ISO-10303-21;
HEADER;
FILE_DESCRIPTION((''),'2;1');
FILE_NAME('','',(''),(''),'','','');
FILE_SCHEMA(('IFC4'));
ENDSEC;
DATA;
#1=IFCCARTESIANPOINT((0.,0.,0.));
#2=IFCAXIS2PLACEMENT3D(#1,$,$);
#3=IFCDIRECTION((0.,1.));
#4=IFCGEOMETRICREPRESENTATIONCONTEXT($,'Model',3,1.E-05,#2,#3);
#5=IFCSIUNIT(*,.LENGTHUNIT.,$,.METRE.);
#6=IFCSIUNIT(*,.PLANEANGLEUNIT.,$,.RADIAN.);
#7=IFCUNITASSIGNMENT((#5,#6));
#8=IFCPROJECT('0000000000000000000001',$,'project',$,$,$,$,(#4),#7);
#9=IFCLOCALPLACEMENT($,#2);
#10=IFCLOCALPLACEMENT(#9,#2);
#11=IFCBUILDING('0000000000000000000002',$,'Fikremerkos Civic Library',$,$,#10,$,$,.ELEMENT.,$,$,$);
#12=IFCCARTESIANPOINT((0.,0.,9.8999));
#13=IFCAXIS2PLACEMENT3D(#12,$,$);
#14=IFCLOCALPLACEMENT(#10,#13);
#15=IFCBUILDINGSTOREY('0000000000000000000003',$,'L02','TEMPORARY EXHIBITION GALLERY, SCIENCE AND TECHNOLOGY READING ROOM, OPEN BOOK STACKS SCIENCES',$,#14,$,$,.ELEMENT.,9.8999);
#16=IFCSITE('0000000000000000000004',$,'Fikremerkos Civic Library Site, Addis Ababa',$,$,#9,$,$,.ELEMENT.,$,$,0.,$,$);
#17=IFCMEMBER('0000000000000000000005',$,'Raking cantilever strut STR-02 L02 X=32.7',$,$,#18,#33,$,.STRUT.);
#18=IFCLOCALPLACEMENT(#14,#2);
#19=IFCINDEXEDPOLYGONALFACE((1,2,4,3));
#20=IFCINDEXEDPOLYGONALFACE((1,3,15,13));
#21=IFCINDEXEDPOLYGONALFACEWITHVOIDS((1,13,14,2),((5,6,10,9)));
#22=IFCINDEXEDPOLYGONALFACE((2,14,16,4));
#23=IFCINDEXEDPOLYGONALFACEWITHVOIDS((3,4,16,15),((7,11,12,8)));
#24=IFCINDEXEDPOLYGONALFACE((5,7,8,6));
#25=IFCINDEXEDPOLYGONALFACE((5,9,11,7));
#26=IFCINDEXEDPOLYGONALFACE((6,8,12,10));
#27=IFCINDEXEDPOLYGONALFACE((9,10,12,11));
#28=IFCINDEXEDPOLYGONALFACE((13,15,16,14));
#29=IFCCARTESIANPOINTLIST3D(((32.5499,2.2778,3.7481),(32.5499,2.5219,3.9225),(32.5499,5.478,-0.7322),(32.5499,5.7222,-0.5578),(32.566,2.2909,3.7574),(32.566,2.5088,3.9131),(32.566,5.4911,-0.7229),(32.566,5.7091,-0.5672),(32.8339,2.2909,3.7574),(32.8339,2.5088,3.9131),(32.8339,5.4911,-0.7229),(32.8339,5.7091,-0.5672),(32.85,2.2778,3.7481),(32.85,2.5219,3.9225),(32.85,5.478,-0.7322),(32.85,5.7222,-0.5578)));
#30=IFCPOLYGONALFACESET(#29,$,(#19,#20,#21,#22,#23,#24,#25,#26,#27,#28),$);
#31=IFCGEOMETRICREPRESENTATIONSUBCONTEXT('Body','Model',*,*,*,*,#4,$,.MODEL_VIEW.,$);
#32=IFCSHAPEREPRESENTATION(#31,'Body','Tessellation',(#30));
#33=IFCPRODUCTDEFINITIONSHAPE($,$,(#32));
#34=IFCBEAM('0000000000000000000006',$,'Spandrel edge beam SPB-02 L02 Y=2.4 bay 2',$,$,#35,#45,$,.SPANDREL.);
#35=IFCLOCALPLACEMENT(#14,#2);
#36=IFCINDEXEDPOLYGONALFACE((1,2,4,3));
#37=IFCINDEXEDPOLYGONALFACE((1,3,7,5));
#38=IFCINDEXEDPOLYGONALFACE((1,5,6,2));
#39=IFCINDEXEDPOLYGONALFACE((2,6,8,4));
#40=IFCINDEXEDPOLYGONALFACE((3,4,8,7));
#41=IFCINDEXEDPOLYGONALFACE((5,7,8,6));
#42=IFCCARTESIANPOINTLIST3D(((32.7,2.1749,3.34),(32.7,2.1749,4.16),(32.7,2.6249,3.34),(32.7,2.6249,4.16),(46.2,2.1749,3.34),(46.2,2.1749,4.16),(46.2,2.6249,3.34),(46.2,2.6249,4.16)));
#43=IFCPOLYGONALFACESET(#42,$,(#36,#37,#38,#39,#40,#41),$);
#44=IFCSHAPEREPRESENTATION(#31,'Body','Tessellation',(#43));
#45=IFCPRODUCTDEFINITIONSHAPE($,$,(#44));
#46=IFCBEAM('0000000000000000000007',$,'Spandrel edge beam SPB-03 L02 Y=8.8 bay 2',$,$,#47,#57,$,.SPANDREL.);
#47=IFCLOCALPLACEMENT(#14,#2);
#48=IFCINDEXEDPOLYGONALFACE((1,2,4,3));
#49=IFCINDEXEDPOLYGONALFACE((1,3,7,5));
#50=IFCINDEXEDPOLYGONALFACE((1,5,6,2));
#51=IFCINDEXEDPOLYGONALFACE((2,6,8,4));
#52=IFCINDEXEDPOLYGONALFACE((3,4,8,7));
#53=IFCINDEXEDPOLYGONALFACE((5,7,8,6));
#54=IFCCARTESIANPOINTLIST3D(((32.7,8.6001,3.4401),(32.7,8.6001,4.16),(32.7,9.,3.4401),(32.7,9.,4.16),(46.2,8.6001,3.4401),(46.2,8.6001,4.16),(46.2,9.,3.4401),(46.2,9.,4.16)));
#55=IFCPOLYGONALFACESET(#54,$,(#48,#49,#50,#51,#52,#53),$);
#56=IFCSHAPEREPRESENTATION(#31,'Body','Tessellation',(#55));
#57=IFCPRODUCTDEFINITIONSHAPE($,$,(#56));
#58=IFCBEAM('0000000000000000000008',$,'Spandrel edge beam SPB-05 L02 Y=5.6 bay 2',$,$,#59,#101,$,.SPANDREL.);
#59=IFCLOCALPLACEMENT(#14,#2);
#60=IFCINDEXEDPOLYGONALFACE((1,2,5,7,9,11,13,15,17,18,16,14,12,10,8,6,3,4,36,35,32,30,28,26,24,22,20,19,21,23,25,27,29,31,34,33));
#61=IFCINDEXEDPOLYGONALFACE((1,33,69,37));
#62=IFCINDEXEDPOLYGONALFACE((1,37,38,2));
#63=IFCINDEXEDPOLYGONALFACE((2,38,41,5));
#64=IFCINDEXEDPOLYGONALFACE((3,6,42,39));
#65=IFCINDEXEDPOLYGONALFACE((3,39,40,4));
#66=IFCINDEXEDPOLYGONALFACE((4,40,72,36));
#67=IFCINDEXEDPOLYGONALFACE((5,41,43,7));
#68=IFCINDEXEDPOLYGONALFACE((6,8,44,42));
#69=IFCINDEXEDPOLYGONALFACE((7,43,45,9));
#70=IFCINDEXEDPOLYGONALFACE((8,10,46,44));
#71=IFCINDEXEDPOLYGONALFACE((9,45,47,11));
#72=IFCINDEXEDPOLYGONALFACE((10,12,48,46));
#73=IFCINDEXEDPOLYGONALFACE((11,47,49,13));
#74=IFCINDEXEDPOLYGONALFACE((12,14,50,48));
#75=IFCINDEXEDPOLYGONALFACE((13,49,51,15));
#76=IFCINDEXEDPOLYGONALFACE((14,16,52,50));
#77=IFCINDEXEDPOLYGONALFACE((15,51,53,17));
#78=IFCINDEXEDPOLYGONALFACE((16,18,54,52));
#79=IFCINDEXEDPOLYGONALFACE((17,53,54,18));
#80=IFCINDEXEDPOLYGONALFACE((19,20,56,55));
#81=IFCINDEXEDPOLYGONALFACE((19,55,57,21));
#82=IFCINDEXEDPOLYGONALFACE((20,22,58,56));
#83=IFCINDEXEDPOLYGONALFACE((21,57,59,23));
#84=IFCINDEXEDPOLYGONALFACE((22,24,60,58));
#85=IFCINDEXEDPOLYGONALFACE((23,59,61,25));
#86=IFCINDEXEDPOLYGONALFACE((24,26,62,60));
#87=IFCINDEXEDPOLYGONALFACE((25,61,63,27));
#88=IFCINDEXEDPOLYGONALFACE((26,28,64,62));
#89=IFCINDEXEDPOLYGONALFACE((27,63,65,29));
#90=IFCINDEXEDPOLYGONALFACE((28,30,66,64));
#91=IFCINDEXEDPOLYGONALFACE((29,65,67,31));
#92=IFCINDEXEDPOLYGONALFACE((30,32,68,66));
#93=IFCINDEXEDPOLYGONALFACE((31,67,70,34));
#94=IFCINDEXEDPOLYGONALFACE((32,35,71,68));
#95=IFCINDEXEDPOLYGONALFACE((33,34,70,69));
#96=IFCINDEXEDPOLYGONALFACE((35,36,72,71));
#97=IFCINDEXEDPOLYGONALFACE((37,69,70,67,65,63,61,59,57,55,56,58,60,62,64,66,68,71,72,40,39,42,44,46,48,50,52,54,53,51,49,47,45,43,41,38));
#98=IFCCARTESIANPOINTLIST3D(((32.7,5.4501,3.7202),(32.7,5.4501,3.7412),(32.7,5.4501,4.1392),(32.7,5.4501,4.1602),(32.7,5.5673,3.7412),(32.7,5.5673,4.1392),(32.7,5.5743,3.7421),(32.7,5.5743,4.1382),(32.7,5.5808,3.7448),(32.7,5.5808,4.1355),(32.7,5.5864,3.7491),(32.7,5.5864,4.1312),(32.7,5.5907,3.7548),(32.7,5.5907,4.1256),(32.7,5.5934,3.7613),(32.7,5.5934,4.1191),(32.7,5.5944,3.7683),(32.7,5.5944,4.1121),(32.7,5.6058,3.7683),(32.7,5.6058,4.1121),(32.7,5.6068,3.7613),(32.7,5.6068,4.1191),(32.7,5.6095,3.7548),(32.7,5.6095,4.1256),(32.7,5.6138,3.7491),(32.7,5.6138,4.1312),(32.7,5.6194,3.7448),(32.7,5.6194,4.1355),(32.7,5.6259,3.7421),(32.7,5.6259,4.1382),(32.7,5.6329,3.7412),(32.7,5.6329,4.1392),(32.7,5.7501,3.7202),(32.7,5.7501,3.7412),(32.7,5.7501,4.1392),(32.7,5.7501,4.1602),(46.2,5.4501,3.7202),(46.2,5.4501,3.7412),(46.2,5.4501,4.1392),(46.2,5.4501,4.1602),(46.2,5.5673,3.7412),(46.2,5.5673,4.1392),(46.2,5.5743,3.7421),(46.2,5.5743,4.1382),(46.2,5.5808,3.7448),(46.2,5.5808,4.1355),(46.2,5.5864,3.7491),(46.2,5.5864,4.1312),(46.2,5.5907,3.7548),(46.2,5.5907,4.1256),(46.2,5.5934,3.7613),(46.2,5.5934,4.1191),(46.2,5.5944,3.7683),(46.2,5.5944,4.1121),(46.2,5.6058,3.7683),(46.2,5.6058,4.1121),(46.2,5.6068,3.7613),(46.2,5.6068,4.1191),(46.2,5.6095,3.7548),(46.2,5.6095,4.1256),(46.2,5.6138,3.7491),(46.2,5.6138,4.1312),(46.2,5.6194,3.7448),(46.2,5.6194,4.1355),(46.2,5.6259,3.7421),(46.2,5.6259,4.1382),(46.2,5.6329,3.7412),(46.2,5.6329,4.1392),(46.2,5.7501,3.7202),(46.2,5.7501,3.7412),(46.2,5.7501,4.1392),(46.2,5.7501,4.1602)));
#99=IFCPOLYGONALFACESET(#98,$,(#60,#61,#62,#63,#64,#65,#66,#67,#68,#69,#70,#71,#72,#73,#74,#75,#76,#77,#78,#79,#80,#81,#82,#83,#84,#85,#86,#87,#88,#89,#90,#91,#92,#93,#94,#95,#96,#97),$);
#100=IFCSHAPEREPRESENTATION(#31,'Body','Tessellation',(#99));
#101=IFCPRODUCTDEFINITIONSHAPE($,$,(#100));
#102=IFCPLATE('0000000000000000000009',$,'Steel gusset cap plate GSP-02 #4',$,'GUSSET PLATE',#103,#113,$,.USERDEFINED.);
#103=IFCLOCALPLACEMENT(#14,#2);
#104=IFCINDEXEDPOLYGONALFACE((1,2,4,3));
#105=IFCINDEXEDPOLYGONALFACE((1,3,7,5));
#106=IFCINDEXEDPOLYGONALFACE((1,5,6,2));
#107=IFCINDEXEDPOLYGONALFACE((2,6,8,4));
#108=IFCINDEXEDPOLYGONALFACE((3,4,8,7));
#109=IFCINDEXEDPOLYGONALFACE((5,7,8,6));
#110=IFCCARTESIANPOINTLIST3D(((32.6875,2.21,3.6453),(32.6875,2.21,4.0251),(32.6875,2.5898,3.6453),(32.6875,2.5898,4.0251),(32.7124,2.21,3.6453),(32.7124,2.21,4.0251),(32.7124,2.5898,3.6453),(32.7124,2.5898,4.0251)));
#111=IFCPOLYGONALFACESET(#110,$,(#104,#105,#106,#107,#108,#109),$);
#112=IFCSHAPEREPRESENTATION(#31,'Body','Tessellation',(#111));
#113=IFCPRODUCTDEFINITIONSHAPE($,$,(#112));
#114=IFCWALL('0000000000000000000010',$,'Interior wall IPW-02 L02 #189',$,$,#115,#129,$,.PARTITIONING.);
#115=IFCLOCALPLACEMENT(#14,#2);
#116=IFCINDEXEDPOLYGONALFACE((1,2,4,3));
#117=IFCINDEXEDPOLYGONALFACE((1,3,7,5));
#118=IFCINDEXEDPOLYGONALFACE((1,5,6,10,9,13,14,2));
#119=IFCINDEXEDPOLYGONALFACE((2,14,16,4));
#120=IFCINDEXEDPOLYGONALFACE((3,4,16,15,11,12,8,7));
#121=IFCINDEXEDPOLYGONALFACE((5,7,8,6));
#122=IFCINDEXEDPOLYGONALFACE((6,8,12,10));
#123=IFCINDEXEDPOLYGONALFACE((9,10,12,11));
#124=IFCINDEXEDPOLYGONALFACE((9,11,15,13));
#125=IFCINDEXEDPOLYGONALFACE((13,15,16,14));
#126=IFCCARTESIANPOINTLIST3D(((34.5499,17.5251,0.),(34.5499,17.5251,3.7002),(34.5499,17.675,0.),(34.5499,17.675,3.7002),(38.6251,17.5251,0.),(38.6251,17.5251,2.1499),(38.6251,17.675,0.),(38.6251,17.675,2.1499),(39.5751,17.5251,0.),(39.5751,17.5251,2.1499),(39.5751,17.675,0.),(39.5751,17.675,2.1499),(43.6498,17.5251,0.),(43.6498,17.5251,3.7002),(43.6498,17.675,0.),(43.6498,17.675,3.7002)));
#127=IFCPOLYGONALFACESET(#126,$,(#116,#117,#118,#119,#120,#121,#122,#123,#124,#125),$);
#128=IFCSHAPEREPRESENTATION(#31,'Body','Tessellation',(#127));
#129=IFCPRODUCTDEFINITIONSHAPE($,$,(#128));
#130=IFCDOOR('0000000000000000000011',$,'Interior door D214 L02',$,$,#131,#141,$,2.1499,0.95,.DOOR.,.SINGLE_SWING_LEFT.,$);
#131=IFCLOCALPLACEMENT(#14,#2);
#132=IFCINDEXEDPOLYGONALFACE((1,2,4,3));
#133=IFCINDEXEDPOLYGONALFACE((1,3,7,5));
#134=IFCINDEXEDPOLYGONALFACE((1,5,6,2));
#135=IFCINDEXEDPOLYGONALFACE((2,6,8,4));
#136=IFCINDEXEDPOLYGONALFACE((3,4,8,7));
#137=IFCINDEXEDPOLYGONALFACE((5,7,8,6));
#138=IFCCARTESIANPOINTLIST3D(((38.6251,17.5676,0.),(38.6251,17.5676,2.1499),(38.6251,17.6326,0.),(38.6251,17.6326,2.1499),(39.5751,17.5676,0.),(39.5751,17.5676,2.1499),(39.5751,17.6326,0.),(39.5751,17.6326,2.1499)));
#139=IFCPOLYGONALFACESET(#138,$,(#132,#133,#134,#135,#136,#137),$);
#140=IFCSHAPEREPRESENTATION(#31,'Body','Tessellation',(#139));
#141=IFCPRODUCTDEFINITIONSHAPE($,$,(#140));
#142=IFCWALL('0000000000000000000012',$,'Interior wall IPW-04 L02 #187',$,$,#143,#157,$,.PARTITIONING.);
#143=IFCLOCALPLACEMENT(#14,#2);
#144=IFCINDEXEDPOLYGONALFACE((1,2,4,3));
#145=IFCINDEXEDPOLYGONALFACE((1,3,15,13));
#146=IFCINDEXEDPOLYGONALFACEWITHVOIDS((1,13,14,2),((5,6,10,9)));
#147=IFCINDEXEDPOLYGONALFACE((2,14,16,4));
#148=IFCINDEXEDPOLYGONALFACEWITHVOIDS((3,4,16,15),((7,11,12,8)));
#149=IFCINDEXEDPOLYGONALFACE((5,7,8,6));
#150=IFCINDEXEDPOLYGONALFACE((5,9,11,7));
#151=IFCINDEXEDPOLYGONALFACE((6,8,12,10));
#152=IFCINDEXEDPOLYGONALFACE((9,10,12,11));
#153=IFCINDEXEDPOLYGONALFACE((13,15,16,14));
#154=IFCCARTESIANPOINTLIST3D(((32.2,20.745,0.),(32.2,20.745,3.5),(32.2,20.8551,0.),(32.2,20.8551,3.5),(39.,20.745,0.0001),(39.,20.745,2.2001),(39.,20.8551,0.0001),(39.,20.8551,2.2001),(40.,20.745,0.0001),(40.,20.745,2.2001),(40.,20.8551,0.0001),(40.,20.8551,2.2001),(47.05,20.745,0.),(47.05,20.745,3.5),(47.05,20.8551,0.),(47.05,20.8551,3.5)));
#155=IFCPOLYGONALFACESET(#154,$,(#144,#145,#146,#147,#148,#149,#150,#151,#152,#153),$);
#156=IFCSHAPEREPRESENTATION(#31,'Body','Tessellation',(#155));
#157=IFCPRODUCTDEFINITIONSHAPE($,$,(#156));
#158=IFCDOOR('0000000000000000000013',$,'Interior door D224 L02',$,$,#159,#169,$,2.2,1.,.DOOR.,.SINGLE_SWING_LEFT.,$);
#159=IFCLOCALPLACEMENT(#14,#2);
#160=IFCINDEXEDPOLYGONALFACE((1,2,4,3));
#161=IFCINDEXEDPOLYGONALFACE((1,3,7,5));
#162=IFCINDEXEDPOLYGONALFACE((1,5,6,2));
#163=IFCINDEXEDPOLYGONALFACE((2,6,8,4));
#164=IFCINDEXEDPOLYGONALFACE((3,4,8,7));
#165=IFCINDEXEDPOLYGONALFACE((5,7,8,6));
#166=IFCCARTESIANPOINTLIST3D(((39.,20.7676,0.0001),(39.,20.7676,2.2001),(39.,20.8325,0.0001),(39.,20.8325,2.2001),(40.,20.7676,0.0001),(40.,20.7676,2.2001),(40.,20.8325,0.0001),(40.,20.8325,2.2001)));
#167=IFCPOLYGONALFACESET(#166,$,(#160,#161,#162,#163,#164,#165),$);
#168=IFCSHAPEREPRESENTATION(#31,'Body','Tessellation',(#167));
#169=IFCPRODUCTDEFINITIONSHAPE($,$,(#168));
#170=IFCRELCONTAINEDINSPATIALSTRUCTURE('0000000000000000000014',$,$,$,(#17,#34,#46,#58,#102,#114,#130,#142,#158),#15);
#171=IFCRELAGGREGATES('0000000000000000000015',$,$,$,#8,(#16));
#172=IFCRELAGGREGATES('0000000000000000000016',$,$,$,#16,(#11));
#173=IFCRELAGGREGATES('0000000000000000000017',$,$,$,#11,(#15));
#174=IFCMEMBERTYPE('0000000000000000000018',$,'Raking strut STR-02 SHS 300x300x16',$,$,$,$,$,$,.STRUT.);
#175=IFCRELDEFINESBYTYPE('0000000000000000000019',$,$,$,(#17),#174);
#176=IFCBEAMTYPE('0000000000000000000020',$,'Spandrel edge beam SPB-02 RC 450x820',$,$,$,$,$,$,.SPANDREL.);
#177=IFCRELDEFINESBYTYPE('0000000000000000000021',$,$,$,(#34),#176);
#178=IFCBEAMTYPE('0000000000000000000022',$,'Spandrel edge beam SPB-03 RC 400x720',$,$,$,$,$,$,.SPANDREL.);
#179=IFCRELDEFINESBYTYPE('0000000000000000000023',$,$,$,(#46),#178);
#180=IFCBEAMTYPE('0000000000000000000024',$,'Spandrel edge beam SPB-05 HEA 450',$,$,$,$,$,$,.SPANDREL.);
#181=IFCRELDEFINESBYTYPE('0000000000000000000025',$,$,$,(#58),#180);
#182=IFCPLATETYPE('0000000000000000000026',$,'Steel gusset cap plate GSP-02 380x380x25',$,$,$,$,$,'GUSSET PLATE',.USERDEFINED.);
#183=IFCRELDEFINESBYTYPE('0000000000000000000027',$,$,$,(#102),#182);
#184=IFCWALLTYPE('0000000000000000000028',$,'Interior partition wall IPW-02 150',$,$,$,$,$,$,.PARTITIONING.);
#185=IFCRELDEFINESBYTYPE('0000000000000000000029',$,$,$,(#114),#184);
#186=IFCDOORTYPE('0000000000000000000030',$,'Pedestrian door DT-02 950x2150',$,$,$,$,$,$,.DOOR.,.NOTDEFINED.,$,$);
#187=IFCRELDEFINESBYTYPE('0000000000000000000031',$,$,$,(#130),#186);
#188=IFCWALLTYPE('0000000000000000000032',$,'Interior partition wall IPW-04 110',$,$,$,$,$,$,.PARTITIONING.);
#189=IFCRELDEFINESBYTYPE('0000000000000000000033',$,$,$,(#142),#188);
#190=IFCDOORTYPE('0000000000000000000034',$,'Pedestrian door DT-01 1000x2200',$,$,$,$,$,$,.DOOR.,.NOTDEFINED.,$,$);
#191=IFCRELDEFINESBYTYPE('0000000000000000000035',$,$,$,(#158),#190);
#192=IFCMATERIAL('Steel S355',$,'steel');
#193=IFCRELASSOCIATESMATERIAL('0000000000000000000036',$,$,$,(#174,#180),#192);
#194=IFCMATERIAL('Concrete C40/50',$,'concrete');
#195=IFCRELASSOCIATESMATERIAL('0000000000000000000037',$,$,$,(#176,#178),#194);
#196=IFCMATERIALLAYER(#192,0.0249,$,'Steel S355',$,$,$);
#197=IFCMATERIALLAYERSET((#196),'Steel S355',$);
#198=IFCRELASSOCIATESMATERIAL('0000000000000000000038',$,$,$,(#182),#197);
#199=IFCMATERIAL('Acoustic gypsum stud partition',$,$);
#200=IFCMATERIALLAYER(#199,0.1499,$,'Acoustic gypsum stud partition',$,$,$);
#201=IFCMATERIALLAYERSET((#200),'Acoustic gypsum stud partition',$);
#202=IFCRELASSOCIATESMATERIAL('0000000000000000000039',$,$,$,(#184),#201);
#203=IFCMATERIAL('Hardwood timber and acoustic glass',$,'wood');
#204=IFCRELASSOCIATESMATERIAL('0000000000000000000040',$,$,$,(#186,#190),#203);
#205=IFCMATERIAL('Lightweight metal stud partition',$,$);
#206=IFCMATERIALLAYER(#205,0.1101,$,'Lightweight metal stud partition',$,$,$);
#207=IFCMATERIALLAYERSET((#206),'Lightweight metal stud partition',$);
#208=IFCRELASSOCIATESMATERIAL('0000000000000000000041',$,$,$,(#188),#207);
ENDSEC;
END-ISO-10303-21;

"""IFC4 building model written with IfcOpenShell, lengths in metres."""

from ifc_helpers import new_model, si_unit, direction, frame, frame_2d, origin, origin_2d, place, context, subcontext, project, spatial, rectangle, hollow_rectangle, i_section, extrude, material, layer, layer_set, material_profile, profile_set, type_object, element, fill, save


model = new_model("IFC4")

# Units and contexts
model_context = context("Model", 3, precision=1e-05, world=origin(), true_north=direction((0.0, 1.0)))
body_context = subcontext(model_context, "Body", "Model", "MODEL_VIEW")
ifc_project = project(units=[si_unit("LENGTHUNIT", "METRE"), si_unit("PLANEANGLEUNIT", "RADIAN")], contexts=[model_context])

# Site, building, storey
site_placement = place(None, origin())
site = spatial("IfcSite", under=ifc_project, at=site_placement, Name="Fikremerkos Civic Library Site, Addis Ababa", CompositionType="ELEMENT", RefElevation=0.0)
building_placement = place(site_placement, origin())
building = spatial("IfcBuilding", under=site, at=building_placement, Name="Fikremerkos Civic Library", CompositionType="ELEMENT")
storey_placement = place(building_placement, frame((0.0, 0.0, 9.8999)))
storey = spatial("IfcBuildingStorey", under=building, at=storey_placement, Name="L02", Description="TEMPORARY EXHIBITION GALLERY, SCIENCE AND TECHNOLOGY READING ROOM, OPEN BOOK STACKS SCIENCES", CompositionType="ELEMENT", Elevation=9.8999)

# Shared definitions
ifc_material_1 = material(Name="Concrete C40/50", Category="concrete")

# Shared definitions
ifc_material_2 = material(Name="Steel S355", Category="steel")

# Member
ifc_material_profile_1 = material_profile(ifc_material_2, hollow_rectangle(XDim=0.3, YDim=0.3, WallThickness=0.0161, at=origin_2d()), Name="SHS 300x300x16")
ifc_profile_set_1 = profile_set([ifc_material_profile_1], Name="Steel S355")
member_type_1 = type_object("IfcMemberType", Name="Raking strut STR-02 SHS 300x300x16", PredefinedType="STRUT", material=ifc_profile_set_1)
member_placement = place(storey_placement, frame((32.7, 5.6001, -0.645), z_axis=(0.0, -0.581242, 0.81373), x_axis=(1.0, 0.0, 0.0)))
element("IfcMember", 1, at=member_placement, inside=storey, type_object=member_type_1, Name="Raking cantilever strut STR-02 L02 X=32.7", PredefinedType="STRUT", context=body_context, shape_type="SweptSolid", body=[
    extrude(hollow_rectangle(XDim=0.3, YDim=0.3, WallThickness=0.0161, at=origin_2d()), origin(), (0.0, 0.0, 1.0), 5.5059),
])

# Beams
ifc_material_profile_2 = material_profile(ifc_material_1, rectangle(XDim=0.45, YDim=0.8201, at=origin_2d()), Name="RC 450x820")
ifc_profile_set_2 = profile_set([ifc_material_profile_2], Name="Concrete C40/50")
beam_type_1 = type_object("IfcBeamType", Name="Spandrel edge beam SPB-02 RC 450x820", PredefinedType="SPANDREL", material=ifc_profile_set_2)
beam_1_placement = place(storey_placement, frame((32.7, 2.3999, 3.75), z_axis=(1.0, 0.0, 0.0), x_axis=(0.0, 1.0, 0.0)))
element("IfcBeam", 2, at=beam_1_placement, inside=storey, type_object=beam_type_1, Name="Spandrel edge beam SPB-02 L02 Y=2.4 bay 2", PredefinedType="SPANDREL", context=body_context, shape_type="SweptSolid", body=[
    extrude(rectangle(XDim=0.45, YDim=0.8201, at=origin_2d()), origin(), (0.0, 0.0, 1.0), 13.5),
])
ifc_material_profile_3 = material_profile(ifc_material_1, rectangle(XDim=0.3999, YDim=0.72, at=origin_2d()), Name="RC 400x720")
ifc_profile_set_3 = profile_set([ifc_material_profile_3], Name="Concrete C40/50")
beam_type_2 = type_object("IfcBeamType", Name="Spandrel edge beam SPB-03 RC 400x720", PredefinedType="SPANDREL", material=ifc_profile_set_3)
beam_2_placement = place(storey_placement, frame((32.7, 8.8, 3.8), z_axis=(1.0, 0.0, 0.0), x_axis=(0.0, 1.0, 0.0)))
element("IfcBeam", 3, at=beam_2_placement, inside=storey, type_object=beam_type_2, Name="Spandrel edge beam SPB-03 L02 Y=8.8 bay 2", PredefinedType="SPANDREL", context=body_context, shape_type="SweptSolid", body=[
    extrude(rectangle(XDim=0.3999, YDim=0.72, at=origin_2d()), origin(), (0.0, 0.0, 1.0), 13.5),
])
ifc_material_profile_4 = material_profile(ifc_material_2, i_section(OverallWidth=0.3, OverallDepth=0.4399, WebThickness=0.0115, FlangeThickness=0.021, FilletRadius=0.0271, at=origin_2d()), Name="HEA 450")
ifc_profile_set_4 = profile_set([ifc_material_profile_4], Name="Steel S355")
beam_type_3 = type_object("IfcBeamType", Name="Spandrel edge beam SPB-05 HEA 450", PredefinedType="SPANDREL", material=ifc_profile_set_4)
beam_3_placement = place(storey_placement, frame((32.7, 5.6001, 3.9402), z_axis=(1.0, 0.0, 0.0), x_axis=(0.0, 1.0, 0.0)))
element("IfcBeam", 4, at=beam_3_placement, inside=storey, type_object=beam_type_3, Name="Spandrel edge beam SPB-05 L02 Y=5.6 bay 2", PredefinedType="SPANDREL", context=body_context, shape_type="SweptSolid", body=[
    extrude(i_section(OverallWidth=0.3, OverallDepth=0.4399, WebThickness=0.0115, FlangeThickness=0.021, FilletRadius=0.0271, at=origin_2d()), origin(), (0.0, 0.0, 1.0), 13.5),
])

# Plate
ifc_layer_1 = layer(ifc_material_2, 0.0249, Name="Steel S355")
ifc_layer_set_1 = layer_set([ifc_layer_1], Name="Steel S355")
plate_type = type_object("IfcPlateType", Name="Steel gusset cap plate GSP-02 380x380x25", ElementType="GUSSET PLATE", PredefinedType="USERDEFINED", material=ifc_layer_set_1)
plate_placement = place(storey_placement, frame((32.7, 2.3999, 3.6453), z_axis=(0.0, 0.0, 1.0), x_axis=(1.0, 0.0, 0.0)))
element("IfcPlate", 5, at=plate_placement, inside=storey, type_object=plate_type, Name="Steel gusset cap plate GSP-02 #4", ObjectType="GUSSET PLATE", PredefinedType="USERDEFINED", context=body_context, shape_type="SweptSolid", body=[
    extrude(rectangle(XDim=0.0249, YDim=0.3799, at=origin_2d()), origin(), (0.0, 0.0, 1.0), 0.3799),
])

# Walls, openings, doors
ifc_material_3 = material(Name="Acoustic gypsum stud partition")
ifc_layer_2 = layer(ifc_material_3, 0.1499, Name="Acoustic gypsum stud partition")
ifc_layer_set_2 = layer_set([ifc_layer_2], Name="Acoustic gypsum stud partition")
wall_type_1 = type_object("IfcWallType", Name="Interior partition wall IPW-02 150", PredefinedType="PARTITIONING", material=ifc_layer_set_2)
wall_1_placement = place(storey_placement, frame((34.55, 17.6001, 0.0), z_axis=(0.0, 0.0, 1.0), x_axis=(1.0, 0.0, 0.0)))
wall_1 = element("IfcWall", 6, at=wall_1_placement, inside=storey, type_object=wall_type_1, Name="Interior wall IPW-02 L02 #189", PredefinedType="PARTITIONING", context=body_context, shape_type="SweptSolid", body=[
    extrude(rectangle(XDim=9.0999, YDim=0.1499, at=frame_2d((4.5498, 0.0))), origin(), (0.0, 0.0, 1.0), 3.7002),
])
opening_1_placement = place(wall_1_placement, frame((4.075, 0.0, 0.0)))
opening_1 = element("IfcOpeningElement", 7, at=opening_1_placement, cuts=wall_1, PredefinedType="OPENING", context=body_context, shape_type="SweptSolid", body=[
    extrude(rectangle(XDim=0.95, YDim=2.1499, at=frame_2d((0.4751, 1.075))), frame((0.0, 0.085, 0.0), z_axis=(0.0, -1.0, 0.0), x_axis=(1.0, 0.0, 0.0)), (0.0, 0.0, 1.0), 0.1699),
])
ifc_material_4 = material(Name="Hardwood timber and acoustic glass", Category="wood")
door_type_1 = type_object("IfcDoorType", Name="Pedestrian door DT-02 950x2150", OperationType="NOTDEFINED", PredefinedType="DOOR", material=ifc_material_4)
door_1_placement = place(opening_1_placement, origin())
door_1 = element("IfcDoor", 8, at=door_1_placement, inside=storey, type_object=door_type_1, Name="Interior door D214 L02", OperationType="SINGLE_SWING_LEFT", OverallHeight=2.1499, OverallWidth=0.95, PredefinedType="DOOR", context=body_context, shape_type="SweptSolid", body=[
    extrude(rectangle(XDim=0.95, YDim=2.1499, at=frame_2d((0.4751, 1.075))), frame((0.0, 0.0325, 0.0), z_axis=(0.0, -1.0, 0.0), x_axis=(1.0, 0.0, 0.0)), (0.0, 0.0, 1.0), 0.0649),
])
fill(opening_1, door_1)
ifc_material_5 = material(Name="Lightweight metal stud partition")
ifc_layer_3 = layer(ifc_material_5, 0.1101, Name="Lightweight metal stud partition")
ifc_layer_set_3 = layer_set([ifc_layer_3], Name="Lightweight metal stud partition")
wall_type_2 = type_object("IfcWallType", Name="Interior partition wall IPW-04 110", PredefinedType="PARTITIONING", material=ifc_layer_set_3)
wall_2_placement = place(storey_placement, frame((32.2, 20.8, 0.0), z_axis=(0.0, 0.0, 1.0), x_axis=(1.0, 0.0, 0.0)))
wall_2 = element("IfcWall", 9, at=wall_2_placement, inside=storey, type_object=wall_type_2, Name="Interior wall IPW-04 L02 #187", PredefinedType="PARTITIONING", context=body_context, shape_type="SweptSolid", body=[
    extrude(rectangle(XDim=14.8501, YDim=0.1101, at=frame_2d((7.425, 0.0))), origin(), (0.0, 0.0, 1.0), 3.5),
])
opening_2_placement = place(wall_2_placement, frame((6.8, 0.0, 0.0)))
opening_2 = element("IfcOpeningElement", 10, at=opening_2_placement, cuts=wall_2, PredefinedType="OPENING", context=body_context, shape_type="SweptSolid", body=[
    extrude(rectangle(XDim=1.0, YDim=2.2, at=frame_2d((0.5, 1.1001))), frame((0.0, 0.0649, 0.0), z_axis=(0.0, -1.0, 0.0), x_axis=(1.0, 0.0, 0.0)), (0.0, 0.0, 1.0), 0.1301),
])
door_type_2 = type_object("IfcDoorType", Name="Pedestrian door DT-01 1000x2200", OperationType="NOTDEFINED", PredefinedType="DOOR", material=ifc_material_4)
door_2_placement = place(opening_2_placement, origin())
door_2 = element("IfcDoor", 11, at=door_2_placement, inside=storey, type_object=door_type_2, Name="Interior door D224 L02", OperationType="SINGLE_SWING_LEFT", OverallHeight=2.2, OverallWidth=1.0, PredefinedType="DOOR", context=body_context, shape_type="SweptSolid", body=[
    extrude(rectangle(XDim=1.0, YDim=2.2, at=frame_2d((0.5, 1.1001))), frame((0.0, 0.0325, 0.0), z_axis=(0.0, -1.0, 0.0), x_axis=(1.0, 0.0, 0.0)), (0.0, 0.0, 1.0), 0.0649),
])
fill(opening_2, door_2)

save(model, "model.ifc")
